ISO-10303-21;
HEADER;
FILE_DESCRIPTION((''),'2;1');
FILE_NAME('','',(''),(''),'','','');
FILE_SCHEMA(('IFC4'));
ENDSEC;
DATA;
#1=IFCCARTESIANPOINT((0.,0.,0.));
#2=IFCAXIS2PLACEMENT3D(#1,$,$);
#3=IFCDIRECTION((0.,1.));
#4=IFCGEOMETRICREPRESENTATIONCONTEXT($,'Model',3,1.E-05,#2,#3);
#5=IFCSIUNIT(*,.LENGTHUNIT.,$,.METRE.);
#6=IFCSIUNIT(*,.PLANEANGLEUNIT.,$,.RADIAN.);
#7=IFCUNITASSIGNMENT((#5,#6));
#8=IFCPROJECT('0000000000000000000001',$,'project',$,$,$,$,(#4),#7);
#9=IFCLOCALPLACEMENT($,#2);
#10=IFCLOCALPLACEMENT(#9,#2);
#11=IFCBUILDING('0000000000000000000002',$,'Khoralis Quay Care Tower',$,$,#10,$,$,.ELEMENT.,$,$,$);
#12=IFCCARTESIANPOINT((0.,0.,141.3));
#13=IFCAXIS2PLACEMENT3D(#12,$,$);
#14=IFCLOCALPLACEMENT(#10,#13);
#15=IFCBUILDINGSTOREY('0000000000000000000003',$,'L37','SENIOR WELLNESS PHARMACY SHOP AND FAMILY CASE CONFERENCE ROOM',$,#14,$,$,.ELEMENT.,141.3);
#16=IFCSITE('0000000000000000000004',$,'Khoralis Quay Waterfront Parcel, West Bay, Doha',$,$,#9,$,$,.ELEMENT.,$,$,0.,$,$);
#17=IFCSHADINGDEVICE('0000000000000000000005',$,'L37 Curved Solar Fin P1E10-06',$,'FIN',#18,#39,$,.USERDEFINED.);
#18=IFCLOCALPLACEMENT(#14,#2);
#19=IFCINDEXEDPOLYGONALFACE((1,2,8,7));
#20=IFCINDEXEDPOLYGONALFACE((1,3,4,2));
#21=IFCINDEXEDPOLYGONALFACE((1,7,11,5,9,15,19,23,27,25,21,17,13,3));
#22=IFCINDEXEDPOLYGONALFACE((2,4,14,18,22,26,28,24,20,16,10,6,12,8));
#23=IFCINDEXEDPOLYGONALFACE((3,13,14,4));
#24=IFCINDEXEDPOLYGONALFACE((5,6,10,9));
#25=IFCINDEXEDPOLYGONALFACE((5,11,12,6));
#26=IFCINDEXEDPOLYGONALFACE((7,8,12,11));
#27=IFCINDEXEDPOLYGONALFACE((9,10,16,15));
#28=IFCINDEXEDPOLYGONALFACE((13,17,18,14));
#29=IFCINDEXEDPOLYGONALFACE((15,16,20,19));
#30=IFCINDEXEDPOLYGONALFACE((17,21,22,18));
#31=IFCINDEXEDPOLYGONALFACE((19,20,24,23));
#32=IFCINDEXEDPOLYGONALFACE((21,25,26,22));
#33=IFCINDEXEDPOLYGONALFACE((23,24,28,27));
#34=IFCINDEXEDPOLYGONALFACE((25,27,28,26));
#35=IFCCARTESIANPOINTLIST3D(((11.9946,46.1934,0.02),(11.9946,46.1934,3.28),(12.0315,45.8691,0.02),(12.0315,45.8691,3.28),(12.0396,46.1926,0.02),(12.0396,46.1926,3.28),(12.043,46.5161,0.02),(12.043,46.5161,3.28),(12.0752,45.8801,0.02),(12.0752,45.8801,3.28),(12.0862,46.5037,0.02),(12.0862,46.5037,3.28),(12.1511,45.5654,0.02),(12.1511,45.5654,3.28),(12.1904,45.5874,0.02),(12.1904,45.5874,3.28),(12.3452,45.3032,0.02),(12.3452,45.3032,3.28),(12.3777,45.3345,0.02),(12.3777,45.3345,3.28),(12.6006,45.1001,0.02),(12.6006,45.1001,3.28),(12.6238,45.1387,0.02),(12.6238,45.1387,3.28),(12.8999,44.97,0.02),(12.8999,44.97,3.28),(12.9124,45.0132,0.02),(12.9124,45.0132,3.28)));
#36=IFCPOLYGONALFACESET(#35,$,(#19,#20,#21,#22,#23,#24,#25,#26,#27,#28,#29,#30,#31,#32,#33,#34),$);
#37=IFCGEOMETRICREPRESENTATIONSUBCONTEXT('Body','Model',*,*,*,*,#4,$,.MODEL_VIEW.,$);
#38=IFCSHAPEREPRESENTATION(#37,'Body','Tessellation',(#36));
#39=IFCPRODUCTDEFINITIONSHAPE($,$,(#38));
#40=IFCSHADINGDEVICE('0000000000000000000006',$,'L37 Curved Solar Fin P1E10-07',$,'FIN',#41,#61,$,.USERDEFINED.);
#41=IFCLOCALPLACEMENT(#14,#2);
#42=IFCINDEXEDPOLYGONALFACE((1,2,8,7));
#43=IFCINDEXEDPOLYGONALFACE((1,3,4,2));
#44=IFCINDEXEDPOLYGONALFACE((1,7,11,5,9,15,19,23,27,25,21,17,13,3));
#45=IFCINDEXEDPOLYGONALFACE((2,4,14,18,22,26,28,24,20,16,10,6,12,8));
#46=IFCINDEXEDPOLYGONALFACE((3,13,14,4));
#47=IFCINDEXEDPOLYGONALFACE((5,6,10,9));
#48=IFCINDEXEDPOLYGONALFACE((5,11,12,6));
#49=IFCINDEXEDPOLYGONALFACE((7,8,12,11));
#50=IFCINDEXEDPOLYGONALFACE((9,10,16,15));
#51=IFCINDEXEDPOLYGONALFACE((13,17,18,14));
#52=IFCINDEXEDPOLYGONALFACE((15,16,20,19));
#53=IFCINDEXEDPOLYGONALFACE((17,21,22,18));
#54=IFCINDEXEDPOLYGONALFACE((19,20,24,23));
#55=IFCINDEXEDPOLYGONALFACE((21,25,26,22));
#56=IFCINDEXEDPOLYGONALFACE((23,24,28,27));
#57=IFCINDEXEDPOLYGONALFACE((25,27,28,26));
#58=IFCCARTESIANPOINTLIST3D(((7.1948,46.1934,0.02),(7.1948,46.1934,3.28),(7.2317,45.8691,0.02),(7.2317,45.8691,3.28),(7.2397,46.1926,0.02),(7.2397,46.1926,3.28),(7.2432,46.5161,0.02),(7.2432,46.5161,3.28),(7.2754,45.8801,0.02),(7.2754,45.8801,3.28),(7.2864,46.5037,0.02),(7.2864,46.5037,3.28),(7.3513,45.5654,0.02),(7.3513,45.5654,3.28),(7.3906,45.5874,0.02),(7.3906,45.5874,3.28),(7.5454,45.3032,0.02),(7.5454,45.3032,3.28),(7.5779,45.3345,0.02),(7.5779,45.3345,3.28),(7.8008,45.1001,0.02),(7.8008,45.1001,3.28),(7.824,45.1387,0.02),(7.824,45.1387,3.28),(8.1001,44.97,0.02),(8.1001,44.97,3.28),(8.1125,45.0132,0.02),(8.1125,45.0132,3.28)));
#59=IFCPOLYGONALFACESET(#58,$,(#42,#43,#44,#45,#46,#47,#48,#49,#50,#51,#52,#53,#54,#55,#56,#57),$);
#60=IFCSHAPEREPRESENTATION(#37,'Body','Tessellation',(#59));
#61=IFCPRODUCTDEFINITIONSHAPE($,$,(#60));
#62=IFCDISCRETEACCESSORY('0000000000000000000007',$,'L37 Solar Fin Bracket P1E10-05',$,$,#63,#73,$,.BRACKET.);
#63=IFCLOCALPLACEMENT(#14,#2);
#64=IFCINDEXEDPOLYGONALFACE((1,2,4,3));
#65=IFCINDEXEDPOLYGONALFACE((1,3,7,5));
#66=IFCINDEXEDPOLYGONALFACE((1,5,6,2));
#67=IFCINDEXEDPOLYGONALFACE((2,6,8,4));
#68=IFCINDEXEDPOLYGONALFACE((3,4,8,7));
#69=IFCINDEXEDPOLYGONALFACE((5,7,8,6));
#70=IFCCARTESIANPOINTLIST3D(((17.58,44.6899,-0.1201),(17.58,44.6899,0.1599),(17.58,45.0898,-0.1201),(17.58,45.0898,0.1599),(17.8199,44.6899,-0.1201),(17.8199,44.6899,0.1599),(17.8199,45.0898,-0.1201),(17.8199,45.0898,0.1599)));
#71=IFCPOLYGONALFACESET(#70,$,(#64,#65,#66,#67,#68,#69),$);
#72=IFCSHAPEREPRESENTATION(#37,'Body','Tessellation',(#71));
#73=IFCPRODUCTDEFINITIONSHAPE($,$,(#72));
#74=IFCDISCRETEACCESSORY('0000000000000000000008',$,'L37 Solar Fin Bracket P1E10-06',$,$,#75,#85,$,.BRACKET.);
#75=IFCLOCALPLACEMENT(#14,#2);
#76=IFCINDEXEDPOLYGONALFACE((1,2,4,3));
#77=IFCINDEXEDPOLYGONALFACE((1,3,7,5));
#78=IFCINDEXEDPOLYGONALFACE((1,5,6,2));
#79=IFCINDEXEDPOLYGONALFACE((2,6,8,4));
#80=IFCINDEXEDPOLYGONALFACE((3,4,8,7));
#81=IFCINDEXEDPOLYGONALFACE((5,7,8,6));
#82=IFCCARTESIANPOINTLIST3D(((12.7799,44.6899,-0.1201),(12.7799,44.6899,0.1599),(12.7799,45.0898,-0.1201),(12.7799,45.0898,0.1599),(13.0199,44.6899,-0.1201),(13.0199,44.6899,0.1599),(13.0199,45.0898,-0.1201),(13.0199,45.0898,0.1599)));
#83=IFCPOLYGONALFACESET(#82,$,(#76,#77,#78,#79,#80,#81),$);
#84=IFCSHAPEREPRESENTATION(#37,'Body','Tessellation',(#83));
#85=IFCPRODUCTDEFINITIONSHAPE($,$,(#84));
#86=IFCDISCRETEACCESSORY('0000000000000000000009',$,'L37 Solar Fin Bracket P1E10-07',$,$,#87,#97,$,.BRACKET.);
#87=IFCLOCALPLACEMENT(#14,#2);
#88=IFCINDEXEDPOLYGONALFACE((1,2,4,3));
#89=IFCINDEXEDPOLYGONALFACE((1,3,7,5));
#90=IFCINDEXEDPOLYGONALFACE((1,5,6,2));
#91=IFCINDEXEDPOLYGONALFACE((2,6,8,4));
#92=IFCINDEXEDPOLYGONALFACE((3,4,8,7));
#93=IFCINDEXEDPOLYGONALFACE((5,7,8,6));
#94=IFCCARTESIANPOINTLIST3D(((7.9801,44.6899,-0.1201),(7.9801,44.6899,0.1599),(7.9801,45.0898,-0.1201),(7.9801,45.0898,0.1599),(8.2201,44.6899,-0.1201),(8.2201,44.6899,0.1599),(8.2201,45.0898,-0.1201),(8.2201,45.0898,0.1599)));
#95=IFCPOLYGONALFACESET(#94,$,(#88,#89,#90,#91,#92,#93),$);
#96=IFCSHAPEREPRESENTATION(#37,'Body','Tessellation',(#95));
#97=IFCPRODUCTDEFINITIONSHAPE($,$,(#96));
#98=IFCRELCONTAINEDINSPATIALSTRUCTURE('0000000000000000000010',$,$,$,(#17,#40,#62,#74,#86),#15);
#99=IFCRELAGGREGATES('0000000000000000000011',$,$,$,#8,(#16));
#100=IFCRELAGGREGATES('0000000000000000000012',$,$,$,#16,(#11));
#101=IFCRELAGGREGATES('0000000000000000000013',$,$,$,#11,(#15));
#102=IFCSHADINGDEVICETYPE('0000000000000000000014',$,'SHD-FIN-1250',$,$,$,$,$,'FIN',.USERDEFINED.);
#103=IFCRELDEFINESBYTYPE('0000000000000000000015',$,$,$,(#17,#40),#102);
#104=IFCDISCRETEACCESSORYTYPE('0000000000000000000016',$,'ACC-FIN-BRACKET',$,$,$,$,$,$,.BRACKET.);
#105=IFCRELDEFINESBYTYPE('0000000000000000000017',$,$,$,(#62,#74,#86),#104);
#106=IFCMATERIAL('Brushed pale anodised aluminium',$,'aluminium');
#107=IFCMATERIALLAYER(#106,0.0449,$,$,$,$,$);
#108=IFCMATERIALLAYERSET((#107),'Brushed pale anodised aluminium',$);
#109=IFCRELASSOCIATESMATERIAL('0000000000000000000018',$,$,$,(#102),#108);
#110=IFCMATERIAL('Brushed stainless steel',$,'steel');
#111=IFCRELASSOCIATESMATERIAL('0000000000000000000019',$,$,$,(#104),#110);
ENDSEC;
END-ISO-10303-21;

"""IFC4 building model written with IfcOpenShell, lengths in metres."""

from ifc_helpers import new_model, si_unit, direction, frame, origin, origin_2d, place, context, subcontext, project, spatial, polyline, rectangle, outline, extrude, source, transform, mapped, material, layer, layer_set, type_object, element, save


model = new_model("IFC4")

# Units and contexts
model_context = context("Model", 3, precision=1e-05, world=origin(), true_north=direction((0.0, 1.0)))
body_context = subcontext(model_context, "Body", "Model", "MODEL_VIEW")
ifc_project = project(units=[si_unit("LENGTHUNIT", "METRE"), si_unit("PLANEANGLEUNIT", "RADIAN")], contexts=[model_context])

# Site, building, storey
site_placement = place(None, origin())
site = spatial("IfcSite", under=ifc_project, at=site_placement, Name="Khoralis Quay Waterfront Parcel, West Bay, Doha", CompositionType="ELEMENT", RefElevation=0.0)
building_placement = place(site_placement, origin())
building = spatial("IfcBuilding", under=site, at=building_placement, Name="Khoralis Quay Care Tower", CompositionType="ELEMENT")
storey_placement = place(building_placement, frame((0.0, 0.0, 141.3)))
storey = spatial("IfcBuildingStorey", under=building, at=storey_placement, Name="L37", Description="SENIOR WELLNESS PHARMACY SHOP AND FAMILY CASE CONFERENCE ROOM", CompositionType="ELEMENT", Elevation=141.3)

# Shading devices
ifc_material_1 = material(Name="Brushed pale anodised aluminium", Category="aluminium")
ifc_layer_1 = layer(ifc_material_1, 0.0449)
ifc_layer_set_1 = layer_set([ifc_layer_1], Name="Brushed pale anodised aluminium")
shading_device_type = type_object("IfcShadingDeviceType", Name="SHD-FIN-1250", ElementType="FIN", PredefinedType="USERDEFINED", material=ifc_layer_set_1)
shared_shape_1 = source(origin(), body_context, "Body", "SweptSolid", [
    extrude(outline(polyline([(0.0, 0.0), (0.1301, 0.2993), (0.3333, 0.5547), (0.5955, 0.7488), (0.8992, 0.8684), (1.2234, 0.9053), (1.5461, 0.8569), (1.5337, 0.8137), (1.2227, 0.8604), (0.9102, 0.8247), (0.6174, 0.7095), (0.3645, 0.5222), (0.1687, 0.2761), (0.0432, -0.0125), (0.0, 0.0)])), origin(), (0.0, 0.0, 1.0), 3.26),
])
for number, where, z_axis, x_axis, name in (
    (1, (12.8999, 44.97, 0.02), (0.0, 0.0, 1.0), (0.0, 1.0, 0.0), "L37 Curved Solar Fin P1E10-06"),
    (2, (8.1001, 44.97, 0.02), (0.0, 0.0, 1.0), (0.0, 1.0, 0.0), "L37 Curved Solar Fin P1E10-07"),
):
    element("IfcShadingDevice", number, at=place(storey_placement, frame(where, z_axis=z_axis, x_axis=x_axis)), inside=storey, type_object=shading_device_type, Name=name, ObjectType="FIN", PredefinedType="USERDEFINED", context=body_context, shape_type="MappedRepresentation", body=[
        mapped(shared_shape_1, transform((0.0, 0.0, 0.0), scale=1.0)),
    ])

# Discrete accessories
ifc_material_2 = material(Name="Brushed stainless steel", Category="steel")
discrete_accessory_type = type_object("IfcDiscreteAccessoryType", Name="ACC-FIN-BRACKET", PredefinedType="BRACKET", material=ifc_material_2)
shared_shape_2 = source(origin(), body_context, "Body", "SweptSolid", [
    extrude(rectangle(XDim=0.3999, YDim=0.24, at=origin_2d()), origin(), (0.0, 0.0, 1.0), 0.28),
])
for number, where, z_axis, x_axis, name in (
    (3, (17.7, 44.8899, -0.1201), (0.0, 0.0, 1.0), (0.0, 1.0, 0.0), "L37 Solar Fin Bracket P1E10-05"),
    (4, (12.8999, 44.8899, -0.1201), (0.0, 0.0, 1.0), (0.0, 1.0, 0.0), "L37 Solar Fin Bracket P1E10-06"),
    (5, (8.1001, 44.8899, -0.1201), (0.0, 0.0, 1.0), (0.0, 1.0, 0.0), "L37 Solar Fin Bracket P1E10-07"),
):
    element("IfcDiscreteAccessory", number, at=place(storey_placement, frame(where, z_axis=z_axis, x_axis=x_axis)), inside=storey, type_object=discrete_accessory_type, Name=name, PredefinedType="BRACKET", context=body_context, shape_type="MappedRepresentation", body=[
        mapped(shared_shape_2, transform((0.0, 0.0, 0.0), scale=1.0)),
    ])

save(model, "model.ifc")
